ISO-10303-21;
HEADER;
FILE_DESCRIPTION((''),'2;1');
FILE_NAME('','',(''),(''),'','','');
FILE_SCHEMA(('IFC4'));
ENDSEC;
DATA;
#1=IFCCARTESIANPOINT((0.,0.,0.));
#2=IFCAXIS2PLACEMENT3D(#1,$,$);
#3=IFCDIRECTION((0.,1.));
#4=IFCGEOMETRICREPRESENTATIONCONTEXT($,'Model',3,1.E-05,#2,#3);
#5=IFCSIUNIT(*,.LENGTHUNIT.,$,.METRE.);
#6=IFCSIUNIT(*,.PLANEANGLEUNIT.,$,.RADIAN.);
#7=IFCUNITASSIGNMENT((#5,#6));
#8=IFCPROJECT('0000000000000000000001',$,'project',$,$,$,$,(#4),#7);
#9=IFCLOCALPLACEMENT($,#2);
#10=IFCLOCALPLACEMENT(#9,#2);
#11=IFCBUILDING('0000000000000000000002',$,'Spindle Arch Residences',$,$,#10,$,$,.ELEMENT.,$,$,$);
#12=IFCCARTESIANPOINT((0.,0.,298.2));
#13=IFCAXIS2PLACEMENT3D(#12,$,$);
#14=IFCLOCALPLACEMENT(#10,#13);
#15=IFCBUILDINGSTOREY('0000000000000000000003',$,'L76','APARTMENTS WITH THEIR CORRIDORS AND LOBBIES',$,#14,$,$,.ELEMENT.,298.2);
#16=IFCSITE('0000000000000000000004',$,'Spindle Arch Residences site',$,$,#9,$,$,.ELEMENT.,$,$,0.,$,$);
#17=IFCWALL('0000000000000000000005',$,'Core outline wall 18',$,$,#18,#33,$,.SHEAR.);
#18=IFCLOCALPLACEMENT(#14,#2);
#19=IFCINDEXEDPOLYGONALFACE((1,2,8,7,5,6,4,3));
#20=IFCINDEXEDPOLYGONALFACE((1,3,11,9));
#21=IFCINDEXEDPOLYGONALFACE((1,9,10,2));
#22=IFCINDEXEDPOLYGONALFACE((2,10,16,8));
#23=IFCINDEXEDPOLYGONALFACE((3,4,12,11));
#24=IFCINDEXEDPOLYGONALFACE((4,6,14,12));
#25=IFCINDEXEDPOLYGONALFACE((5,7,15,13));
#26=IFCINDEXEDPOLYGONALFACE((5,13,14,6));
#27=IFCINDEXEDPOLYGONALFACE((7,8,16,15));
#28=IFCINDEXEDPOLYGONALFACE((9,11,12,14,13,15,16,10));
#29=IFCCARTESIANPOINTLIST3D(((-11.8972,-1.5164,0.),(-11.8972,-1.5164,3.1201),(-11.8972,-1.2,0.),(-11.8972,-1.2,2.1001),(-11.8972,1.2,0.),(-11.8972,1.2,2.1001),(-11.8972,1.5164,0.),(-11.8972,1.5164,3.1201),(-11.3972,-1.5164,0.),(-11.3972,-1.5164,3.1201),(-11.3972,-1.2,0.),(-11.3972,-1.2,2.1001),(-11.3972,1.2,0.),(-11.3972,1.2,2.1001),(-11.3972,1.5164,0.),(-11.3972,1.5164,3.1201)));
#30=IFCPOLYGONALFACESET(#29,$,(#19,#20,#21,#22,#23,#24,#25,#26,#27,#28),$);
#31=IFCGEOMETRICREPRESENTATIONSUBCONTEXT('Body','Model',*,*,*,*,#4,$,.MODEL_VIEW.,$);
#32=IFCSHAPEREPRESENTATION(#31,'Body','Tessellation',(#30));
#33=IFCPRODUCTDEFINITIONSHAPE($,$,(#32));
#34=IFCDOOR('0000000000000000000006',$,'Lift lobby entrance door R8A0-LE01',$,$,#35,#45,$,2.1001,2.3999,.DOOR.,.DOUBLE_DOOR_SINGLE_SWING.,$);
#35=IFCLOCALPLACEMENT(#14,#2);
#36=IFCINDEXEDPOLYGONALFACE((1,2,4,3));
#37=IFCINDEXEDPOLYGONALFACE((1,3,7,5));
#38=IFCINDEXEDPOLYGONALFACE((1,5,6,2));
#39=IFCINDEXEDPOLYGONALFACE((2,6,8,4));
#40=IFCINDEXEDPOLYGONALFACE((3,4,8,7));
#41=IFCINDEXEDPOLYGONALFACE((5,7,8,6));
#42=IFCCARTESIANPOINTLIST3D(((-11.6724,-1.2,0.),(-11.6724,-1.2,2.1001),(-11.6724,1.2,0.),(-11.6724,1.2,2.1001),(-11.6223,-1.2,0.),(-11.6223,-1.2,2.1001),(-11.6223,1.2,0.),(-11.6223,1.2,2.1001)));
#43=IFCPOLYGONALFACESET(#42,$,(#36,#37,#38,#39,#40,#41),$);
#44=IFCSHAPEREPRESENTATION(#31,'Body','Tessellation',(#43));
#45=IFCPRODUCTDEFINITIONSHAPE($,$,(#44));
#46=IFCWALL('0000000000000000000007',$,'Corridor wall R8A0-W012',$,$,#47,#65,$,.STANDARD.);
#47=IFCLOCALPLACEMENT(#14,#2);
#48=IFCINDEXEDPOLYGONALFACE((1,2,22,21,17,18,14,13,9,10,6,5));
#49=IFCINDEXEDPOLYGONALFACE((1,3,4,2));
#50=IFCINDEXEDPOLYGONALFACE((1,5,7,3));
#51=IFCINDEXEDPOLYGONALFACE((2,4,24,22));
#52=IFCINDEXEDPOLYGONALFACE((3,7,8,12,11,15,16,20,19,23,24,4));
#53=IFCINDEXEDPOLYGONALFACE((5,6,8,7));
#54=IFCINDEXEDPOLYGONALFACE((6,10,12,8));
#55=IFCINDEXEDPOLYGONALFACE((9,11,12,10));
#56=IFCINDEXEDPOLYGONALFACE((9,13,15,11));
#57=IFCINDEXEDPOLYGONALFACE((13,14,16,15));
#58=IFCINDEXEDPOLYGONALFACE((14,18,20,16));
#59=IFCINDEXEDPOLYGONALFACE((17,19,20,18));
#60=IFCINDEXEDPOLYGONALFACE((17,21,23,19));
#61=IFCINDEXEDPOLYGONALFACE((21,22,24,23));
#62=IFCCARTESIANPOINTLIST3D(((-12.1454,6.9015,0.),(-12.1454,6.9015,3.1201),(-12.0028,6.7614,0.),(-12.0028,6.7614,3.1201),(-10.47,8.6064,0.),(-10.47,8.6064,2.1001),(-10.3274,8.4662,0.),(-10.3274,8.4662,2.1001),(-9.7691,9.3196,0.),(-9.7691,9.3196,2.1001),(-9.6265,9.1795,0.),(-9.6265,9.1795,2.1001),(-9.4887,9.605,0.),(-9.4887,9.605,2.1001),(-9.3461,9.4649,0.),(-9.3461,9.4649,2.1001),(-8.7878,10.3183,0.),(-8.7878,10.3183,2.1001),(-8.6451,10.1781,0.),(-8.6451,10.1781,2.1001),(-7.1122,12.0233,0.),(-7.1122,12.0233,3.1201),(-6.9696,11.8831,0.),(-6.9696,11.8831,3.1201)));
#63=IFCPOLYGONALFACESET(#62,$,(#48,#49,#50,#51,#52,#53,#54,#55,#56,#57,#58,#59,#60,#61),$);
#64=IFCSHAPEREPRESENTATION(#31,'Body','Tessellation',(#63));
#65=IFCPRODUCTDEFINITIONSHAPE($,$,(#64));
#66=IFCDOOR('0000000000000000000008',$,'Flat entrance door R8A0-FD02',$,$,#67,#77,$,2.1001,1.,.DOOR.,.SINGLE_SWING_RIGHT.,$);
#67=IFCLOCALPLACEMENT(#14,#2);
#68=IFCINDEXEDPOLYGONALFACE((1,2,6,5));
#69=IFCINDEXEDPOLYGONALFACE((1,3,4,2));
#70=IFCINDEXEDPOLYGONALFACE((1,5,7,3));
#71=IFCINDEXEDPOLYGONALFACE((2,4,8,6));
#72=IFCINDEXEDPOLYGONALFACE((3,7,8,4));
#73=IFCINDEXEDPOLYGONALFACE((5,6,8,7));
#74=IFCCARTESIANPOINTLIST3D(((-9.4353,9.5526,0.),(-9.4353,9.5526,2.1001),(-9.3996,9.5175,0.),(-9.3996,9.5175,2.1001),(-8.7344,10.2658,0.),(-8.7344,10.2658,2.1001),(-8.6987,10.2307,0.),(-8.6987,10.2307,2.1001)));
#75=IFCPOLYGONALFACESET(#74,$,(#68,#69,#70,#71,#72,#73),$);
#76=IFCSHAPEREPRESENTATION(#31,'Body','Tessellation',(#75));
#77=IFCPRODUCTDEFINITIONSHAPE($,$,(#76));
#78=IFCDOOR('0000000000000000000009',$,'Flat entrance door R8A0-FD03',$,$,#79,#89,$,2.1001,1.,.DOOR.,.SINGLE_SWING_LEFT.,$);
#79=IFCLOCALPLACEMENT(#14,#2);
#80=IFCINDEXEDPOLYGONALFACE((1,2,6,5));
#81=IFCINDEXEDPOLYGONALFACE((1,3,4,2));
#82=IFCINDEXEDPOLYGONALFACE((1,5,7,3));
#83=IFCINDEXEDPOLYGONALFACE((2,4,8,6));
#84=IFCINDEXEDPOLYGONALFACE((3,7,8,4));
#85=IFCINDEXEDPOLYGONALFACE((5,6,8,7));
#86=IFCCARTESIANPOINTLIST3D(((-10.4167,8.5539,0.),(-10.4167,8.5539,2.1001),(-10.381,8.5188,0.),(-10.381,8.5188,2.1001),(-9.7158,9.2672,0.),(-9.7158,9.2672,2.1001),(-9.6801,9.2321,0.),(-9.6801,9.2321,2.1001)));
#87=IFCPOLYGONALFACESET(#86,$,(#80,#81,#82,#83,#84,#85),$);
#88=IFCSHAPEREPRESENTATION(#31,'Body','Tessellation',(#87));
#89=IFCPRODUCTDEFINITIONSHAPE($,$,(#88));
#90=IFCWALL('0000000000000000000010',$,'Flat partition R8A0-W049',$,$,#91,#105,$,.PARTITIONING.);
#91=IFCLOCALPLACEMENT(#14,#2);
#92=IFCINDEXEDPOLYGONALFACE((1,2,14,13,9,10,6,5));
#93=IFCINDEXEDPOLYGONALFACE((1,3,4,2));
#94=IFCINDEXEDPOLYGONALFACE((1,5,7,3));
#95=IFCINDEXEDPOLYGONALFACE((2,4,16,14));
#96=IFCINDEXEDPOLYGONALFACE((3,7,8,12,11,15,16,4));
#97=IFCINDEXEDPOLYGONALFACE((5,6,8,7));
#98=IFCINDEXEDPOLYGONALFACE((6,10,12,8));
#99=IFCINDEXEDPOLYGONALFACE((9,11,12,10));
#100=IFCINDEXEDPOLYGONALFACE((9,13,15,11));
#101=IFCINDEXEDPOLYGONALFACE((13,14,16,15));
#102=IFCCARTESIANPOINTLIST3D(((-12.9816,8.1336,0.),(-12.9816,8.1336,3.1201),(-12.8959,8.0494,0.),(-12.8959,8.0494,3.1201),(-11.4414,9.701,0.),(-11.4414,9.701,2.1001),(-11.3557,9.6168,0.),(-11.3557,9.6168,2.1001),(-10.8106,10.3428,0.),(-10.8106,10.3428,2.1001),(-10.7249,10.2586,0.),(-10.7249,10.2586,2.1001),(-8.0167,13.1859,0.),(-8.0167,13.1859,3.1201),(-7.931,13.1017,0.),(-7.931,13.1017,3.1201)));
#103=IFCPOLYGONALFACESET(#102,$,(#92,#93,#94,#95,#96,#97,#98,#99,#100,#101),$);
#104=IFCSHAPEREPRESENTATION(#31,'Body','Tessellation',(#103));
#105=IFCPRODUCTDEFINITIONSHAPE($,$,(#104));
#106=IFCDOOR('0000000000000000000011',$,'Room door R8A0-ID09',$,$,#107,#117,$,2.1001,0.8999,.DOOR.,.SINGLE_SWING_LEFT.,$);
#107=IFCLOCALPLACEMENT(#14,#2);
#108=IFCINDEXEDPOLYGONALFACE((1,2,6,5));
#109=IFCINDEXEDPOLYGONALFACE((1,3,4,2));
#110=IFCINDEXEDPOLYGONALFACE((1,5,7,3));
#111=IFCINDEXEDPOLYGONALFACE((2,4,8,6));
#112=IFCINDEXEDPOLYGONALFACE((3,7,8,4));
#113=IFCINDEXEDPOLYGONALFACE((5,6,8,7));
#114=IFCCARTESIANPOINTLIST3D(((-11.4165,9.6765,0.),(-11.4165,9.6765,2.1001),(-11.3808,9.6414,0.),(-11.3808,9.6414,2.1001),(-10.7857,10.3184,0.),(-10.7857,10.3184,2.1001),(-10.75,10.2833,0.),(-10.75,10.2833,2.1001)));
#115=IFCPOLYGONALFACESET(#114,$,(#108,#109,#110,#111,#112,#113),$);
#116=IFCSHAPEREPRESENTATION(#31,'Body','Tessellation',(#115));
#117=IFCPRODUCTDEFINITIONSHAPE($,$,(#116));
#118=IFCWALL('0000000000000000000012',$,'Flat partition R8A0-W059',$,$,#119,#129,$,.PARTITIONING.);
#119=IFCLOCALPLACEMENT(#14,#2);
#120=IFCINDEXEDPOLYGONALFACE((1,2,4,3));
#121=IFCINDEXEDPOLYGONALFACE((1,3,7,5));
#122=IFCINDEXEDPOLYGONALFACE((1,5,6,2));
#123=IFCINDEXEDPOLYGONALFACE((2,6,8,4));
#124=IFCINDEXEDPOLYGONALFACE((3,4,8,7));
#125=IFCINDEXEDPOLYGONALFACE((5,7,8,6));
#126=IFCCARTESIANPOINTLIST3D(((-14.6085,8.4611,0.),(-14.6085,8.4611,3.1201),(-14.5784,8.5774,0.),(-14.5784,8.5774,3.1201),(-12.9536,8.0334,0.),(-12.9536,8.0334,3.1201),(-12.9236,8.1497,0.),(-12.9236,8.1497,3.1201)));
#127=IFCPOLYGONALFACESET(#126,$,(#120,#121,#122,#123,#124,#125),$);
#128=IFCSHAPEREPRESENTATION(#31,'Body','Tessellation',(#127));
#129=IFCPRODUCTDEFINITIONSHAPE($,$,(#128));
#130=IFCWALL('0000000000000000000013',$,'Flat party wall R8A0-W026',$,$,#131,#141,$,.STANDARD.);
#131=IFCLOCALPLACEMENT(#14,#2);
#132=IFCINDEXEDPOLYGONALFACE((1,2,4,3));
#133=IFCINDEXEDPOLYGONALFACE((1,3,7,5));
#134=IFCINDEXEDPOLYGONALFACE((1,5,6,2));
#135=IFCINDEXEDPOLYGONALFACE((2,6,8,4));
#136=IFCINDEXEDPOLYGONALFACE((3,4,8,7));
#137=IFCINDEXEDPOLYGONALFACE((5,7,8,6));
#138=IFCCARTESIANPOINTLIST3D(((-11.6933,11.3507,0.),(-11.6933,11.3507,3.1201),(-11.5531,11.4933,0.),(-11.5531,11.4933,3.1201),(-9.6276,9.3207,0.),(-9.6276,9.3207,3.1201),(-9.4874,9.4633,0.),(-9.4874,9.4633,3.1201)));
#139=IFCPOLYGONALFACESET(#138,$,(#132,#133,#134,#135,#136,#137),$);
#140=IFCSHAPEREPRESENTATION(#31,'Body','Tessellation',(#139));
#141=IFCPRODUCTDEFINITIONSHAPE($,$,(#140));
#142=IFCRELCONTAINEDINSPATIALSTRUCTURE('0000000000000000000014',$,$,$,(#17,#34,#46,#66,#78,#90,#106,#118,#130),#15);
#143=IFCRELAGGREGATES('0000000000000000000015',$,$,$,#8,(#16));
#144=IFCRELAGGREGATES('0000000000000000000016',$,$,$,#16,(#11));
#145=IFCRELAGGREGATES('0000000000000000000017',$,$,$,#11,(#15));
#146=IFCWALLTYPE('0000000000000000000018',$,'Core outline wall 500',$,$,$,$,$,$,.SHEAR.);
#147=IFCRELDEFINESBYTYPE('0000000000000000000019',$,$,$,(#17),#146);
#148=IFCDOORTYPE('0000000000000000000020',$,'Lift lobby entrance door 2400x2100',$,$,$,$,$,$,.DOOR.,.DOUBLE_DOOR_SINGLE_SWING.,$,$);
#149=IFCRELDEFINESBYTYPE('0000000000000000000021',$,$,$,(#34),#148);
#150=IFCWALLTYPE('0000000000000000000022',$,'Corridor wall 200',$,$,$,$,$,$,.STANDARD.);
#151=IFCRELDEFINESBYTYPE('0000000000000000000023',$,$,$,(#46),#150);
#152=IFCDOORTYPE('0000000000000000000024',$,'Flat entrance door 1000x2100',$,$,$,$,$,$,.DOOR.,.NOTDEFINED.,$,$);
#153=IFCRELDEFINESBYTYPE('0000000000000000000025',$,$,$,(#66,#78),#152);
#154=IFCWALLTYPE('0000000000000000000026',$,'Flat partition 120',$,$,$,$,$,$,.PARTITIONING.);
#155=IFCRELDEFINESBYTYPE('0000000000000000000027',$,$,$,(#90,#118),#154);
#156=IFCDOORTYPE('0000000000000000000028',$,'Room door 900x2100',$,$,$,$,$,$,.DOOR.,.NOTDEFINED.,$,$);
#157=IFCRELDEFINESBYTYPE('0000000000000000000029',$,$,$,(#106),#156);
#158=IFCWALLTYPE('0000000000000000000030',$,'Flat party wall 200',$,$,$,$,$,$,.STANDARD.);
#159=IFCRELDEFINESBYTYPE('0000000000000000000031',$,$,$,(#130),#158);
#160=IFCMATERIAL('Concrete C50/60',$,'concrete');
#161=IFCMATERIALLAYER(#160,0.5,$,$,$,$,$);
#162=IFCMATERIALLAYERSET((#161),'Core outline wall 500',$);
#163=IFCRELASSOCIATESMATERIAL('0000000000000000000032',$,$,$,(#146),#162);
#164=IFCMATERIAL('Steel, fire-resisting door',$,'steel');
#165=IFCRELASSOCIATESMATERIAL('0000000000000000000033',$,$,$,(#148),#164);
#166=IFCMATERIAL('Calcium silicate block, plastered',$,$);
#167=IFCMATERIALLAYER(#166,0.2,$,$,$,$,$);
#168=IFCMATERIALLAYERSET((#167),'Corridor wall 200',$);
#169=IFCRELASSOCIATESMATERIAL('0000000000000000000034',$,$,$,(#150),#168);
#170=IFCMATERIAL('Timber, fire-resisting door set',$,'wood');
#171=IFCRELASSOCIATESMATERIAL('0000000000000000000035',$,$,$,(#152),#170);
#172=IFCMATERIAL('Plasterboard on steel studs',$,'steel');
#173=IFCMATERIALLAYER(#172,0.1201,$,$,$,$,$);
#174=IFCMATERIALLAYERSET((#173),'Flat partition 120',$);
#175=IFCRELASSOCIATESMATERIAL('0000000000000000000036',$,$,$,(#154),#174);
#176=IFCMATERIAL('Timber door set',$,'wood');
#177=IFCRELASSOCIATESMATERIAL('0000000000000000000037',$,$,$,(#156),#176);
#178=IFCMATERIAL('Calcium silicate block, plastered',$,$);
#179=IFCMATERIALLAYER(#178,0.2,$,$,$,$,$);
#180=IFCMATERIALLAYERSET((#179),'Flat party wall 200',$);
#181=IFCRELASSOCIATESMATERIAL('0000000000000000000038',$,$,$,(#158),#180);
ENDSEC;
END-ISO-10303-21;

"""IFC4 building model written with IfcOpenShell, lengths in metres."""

from ifc_helpers import new_model, si_unit, direction, frame, frame_2d, origin, place, context, subcontext, project, spatial, rectangle, extrude, material, layer, layer_set, type_object, element, fill, save


model = new_model("IFC4")

# Units and contexts
model_context = context("Model", 3, precision=1e-05, world=origin(), true_north=direction((0.0, 1.0)))
body_context = subcontext(model_context, "Body", "Model", "MODEL_VIEW")
ifc_project = project(units=[si_unit("LENGTHUNIT", "METRE"), si_unit("PLANEANGLEUNIT", "RADIAN")], contexts=[model_context])

# Site, building, storey
site_placement = place(None, origin())
site = spatial("IfcSite", under=ifc_project, at=site_placement, Name="Spindle Arch Residences site", CompositionType="ELEMENT", RefElevation=0.0)
building_placement = place(site_placement, origin())
building = spatial("IfcBuilding", under=site, at=building_placement, Name="Spindle Arch Residences", CompositionType="ELEMENT")
storey_placement = place(building_placement, frame((0.0, 0.0, 298.2)))
storey = spatial("IfcBuildingStorey", under=building, at=storey_placement, Name="L76", Description="APARTMENTS WITH THEIR CORRIDORS AND LOBBIES", CompositionType="ELEMENT", Elevation=298.2)

# Shared definitions
ifc_material_1 = material(Name="Concrete C50/60", Category="concrete")
ifc_layer_1 = layer(ifc_material_1, 0.5)
ifc_layer_set_1 = layer_set([ifc_layer_1], Name="Core outline wall 500")
wall_type_1 = type_object("IfcWallType", Name="Core outline wall 500", PredefinedType="SHEAR", material=ifc_layer_set_1)

# Wall, opening, door
wall_1_placement = place(storey_placement, frame((-11.6472, 1.5164, 0.0), z_axis=(0.0, 0.0, 1.0), x_axis=(0.0, -1.0, 0.0)))
wall_1 = element("IfcWall", 1, at=wall_1_placement, inside=storey, type_object=wall_type_1, Name="Core outline wall 18", PredefinedType="SHEAR", context=body_context, shape_type="SweptSolid", body=[
    extrude(rectangle(XDim=3.0327, YDim=0.5, at=frame_2d((1.5164, 0.0))), origin(), (0.0, 0.0, 1.0), 3.1201),
])
opening_1_placement = place(wall_1_placement, frame((0.3164, 0.0, 0.0)))
opening_1 = element("IfcOpeningElement", 2, at=opening_1_placement, cuts=wall_1, PredefinedType="OPENING", context=body_context, shape_type="SweptSolid", body=[
    extrude(rectangle(XDim=2.3999, YDim=2.1001, at=frame_2d((1.2, 1.05))), frame((0.0, 0.26, 0.0), z_axis=(0.0, -1.0, 0.0), x_axis=(1.0, 0.0, 0.0)), (0.0, 0.0, 1.0), 0.52),
])
ifc_material_2 = material(Name="Steel, fire-resisting door", Category="steel")
door_type_1 = type_object("IfcDoorType", Name="Lift lobby entrance door 2400x2100", OperationType="DOUBLE_DOOR_SINGLE_SWING", PredefinedType="DOOR", material=ifc_material_2)
door_1_placement = place(opening_1_placement, origin())
door_1 = element("IfcDoor", 3, at=door_1_placement, inside=storey, type_object=door_type_1, Name="Lift lobby entrance door R8A0-LE01", OperationType="DOUBLE_DOOR_SINGLE_SWING", OverallHeight=2.1001, OverallWidth=2.3999, PredefinedType="DOOR", context=body_context, shape_type="SweptSolid", body=[
    extrude(rectangle(XDim=2.3999, YDim=2.1001, at=frame_2d((1.2, 1.05))), frame((0.0, 0.0249, 0.0), z_axis=(0.0, -1.0, 0.0), x_axis=(1.0, 0.0, 0.0)), (0.0, 0.0, 1.0), 0.05),
])
fill(opening_1, door_1)

# Wall, openings, doors
ifc_material_3 = material(Name="Calcium silicate block, plastered")
ifc_layer_2 = layer(ifc_material_3, 0.2)
ifc_layer_set_2 = layer_set([ifc_layer_2], Name="Corridor wall 200")
wall_type_2 = type_object("IfcWallType", Name="Corridor wall 200", PredefinedType="STANDARD", material=ifc_layer_set_2)
wall_2_placement = place(storey_placement, frame((-7.041, 11.9531, 0.0), z_axis=(0.0, 0.0, 1.0), x_axis=(-0.700909, -0.713251, 0.0)))
wall_2 = element("IfcWall", 4, at=wall_2_placement, inside=storey, type_object=wall_type_2, Name="Corridor wall R8A0-W012", PredefinedType="STANDARD", context=body_context, shape_type="SweptSolid", body=[
    extrude(rectangle(XDim=7.1809, YDim=0.2, at=frame_2d((3.5903, 0.0))), origin(), (0.0, 0.0, 1.0), 3.1201),
])
opening_2_placement = place(wall_2_placement, frame((2.3904, 0.0, 0.0)))
opening_2 = element("IfcOpeningElement", 5, at=opening_2_placement, cuts=wall_2, PredefinedType="OPENING", context=body_context, shape_type="SweptSolid", body=[
    extrude(rectangle(XDim=1.0, YDim=2.1001, at=frame_2d((0.5, 1.05))), frame((0.0, 0.1099, 0.0), z_axis=(0.0, -1.0, 0.0), x_axis=(1.0, 0.0, 0.0)), (0.0, 0.0, 1.0), 0.22),
])
opening_3_placement = place(wall_2_placement, frame((3.7905, 0.0, 0.0)))
opening_3 = element("IfcOpeningElement", 6, at=opening_3_placement, cuts=wall_2, PredefinedType="OPENING", context=body_context, shape_type="SweptSolid", body=[
    extrude(rectangle(XDim=1.0, YDim=2.1001, at=frame_2d((0.5, 1.05))), frame((0.0, 0.1099, 0.0), z_axis=(0.0, -1.0, 0.0), x_axis=(1.0, 0.0, 0.0)), (0.0, 0.0, 1.0), 0.22),
])
ifc_material_4 = material(Name="Timber, fire-resisting door set", Category="wood")
door_type_2 = type_object("IfcDoorType", Name="Flat entrance door 1000x2100", OperationType="NOTDEFINED", PredefinedType="DOOR", material=ifc_material_4)
door_2_placement = place(opening_2_placement, origin())
door_2 = element("IfcDoor", 7, at=door_2_placement, inside=storey, type_object=door_type_2, Name="Flat entrance door R8A0-FD02", OperationType="SINGLE_SWING_RIGHT", OverallHeight=2.1001, OverallWidth=1.0, PredefinedType="DOOR", context=body_context, shape_type="SweptSolid", body=[
    extrude(rectangle(XDim=1.0, YDim=2.1001, at=frame_2d((0.5, 1.05))), frame((0.0, 0.0249, 0.0), z_axis=(0.0, -1.0, 0.0), x_axis=(1.0, 0.0, 0.0)), (0.0, 0.0, 1.0), 0.05),
])
fill(opening_2, door_2)
door_3_placement = place(opening_3_placement, origin())
door_3 = element("IfcDoor", 8, at=door_3_placement, inside=storey, type_object=door_type_2, Name="Flat entrance door R8A0-FD03", OperationType="SINGLE_SWING_LEFT", OverallHeight=2.1001, OverallWidth=1.0, PredefinedType="DOOR", context=body_context, shape_type="SweptSolid", body=[
    extrude(rectangle(XDim=1.0, YDim=2.1001, at=frame_2d((0.5, 1.05))), frame((0.0, 0.0249, 0.0), z_axis=(0.0, -1.0, 0.0), x_axis=(1.0, 0.0, 0.0)), (0.0, 0.0, 1.0), 0.05),
])
fill(opening_3, door_3)

# Wall, opening, door
ifc_material_5 = material(Name="Plasterboard on steel studs", Category="steel")
ifc_layer_3 = layer(ifc_material_5, 0.1201)
ifc_layer_set_3 = layer_set([ifc_layer_3], Name="Flat partition 120")
wall_type_3 = type_object("IfcWallType", Name="Flat partition 120", PredefinedType="PARTITIONING", material=ifc_layer_set_3)
wall_3_placement = place(storey_placement, frame((-7.9739, 13.1438, 0.0), z_axis=(0.0, 0.0, 1.0), x_axis=(-0.70091, -0.713249, 0.0)))
wall_3 = element("IfcWall", 9, at=wall_3_placement, inside=storey, type_object=wall_type_3, Name="Flat partition R8A0-W049", PredefinedType="PARTITIONING", context=body_context, shape_type="SweptSolid", body=[
    extrude(rectangle(XDim=7.0835, YDim=0.1201, at=frame_2d((3.5417, 0.0))), origin(), (0.0, 0.0, 1.0), 3.1201),
])
opening_4_placement = place(wall_3_placement, frame((3.9861, 0.0, 0.0)))
opening_4 = element("IfcOpeningElement", 10, at=opening_4_placement, cuts=wall_3, PredefinedType="OPENING", context=body_context, shape_type="SweptSolid", body=[
    extrude(rectangle(XDim=0.8999, YDim=2.1001, at=frame_2d((0.45, 1.05))), frame((0.0, 0.0701, 0.0), z_axis=(0.0, -1.0, 0.0), x_axis=(1.0, 0.0, 0.0)), (0.0, 0.0, 1.0), 0.1401),
])
ifc_material_6 = material(Name="Timber door set", Category="wood")
door_type_3 = type_object("IfcDoorType", Name="Room door 900x2100", OperationType="NOTDEFINED", PredefinedType="DOOR", material=ifc_material_6)
door_4_placement = place(opening_4_placement, origin())
door_4 = element("IfcDoor", 11, at=door_4_placement, inside=storey, type_object=door_type_3, Name="Room door R8A0-ID09", OperationType="SINGLE_SWING_LEFT", OverallHeight=2.1001, OverallWidth=0.8999, PredefinedType="DOOR", context=body_context, shape_type="SweptSolid", body=[
    extrude(rectangle(XDim=0.8999, YDim=2.1001, at=frame_2d((0.45, 1.05))), frame((0.0, 0.0249, 0.0), z_axis=(0.0, -1.0, 0.0), x_axis=(1.0, 0.0, 0.0)), (0.0, 0.0, 1.0), 0.05),
])
fill(opening_4, door_4)

# Walls
wall_4_placement = place(storey_placement, frame((-12.9387, 8.0916, 0.0), z_axis=(0.0, 0.0, 1.0), x_axis=(-0.968179, 0.250258, 0.0)))
element("IfcWall", 12, at=wall_4_placement, inside=storey, type_object=wall_type_3, Name="Flat partition R8A0-W059", PredefinedType="PARTITIONING", context=body_context, shape_type="SweptSolid", body=[
    extrude(rectangle(XDim=1.7092, YDim=0.1201, at=frame_2d((0.8545, 0.0))), origin(), (0.0, 0.0, 1.0), 3.1201),
])
ifc_material_7 = material(Name="Calcium silicate block, plastered")
ifc_layer_4 = layer(ifc_material_7, 0.2)
ifc_layer_set_4 = layer_set([ifc_layer_4], Name="Flat party wall 200")
wall_type_4 = type_object("IfcWallType", Name="Flat party wall 200", PredefinedType="STANDARD", material=ifc_layer_set_4)
wall_5_placement = place(storey_placement, frame((-11.6233, 11.4221, 0.0), z_axis=(0.0, 0.0, 1.0), x_axis=(0.713234, -0.700926, 0.0)))
element("IfcWall", 13, at=wall_5_placement, inside=storey, type_object=wall_type_4, Name="Flat party wall R8A0-W026", PredefinedType="STANDARD", context=body_context, shape_type="SweptSolid", body=[
    extrude(rectangle(XDim=2.8962, YDim=0.2, at=frame_2d((1.4482, 0.0))), origin(), (0.0, 0.0, 1.0), 3.1201),
])

save(model, "model.ifc")
